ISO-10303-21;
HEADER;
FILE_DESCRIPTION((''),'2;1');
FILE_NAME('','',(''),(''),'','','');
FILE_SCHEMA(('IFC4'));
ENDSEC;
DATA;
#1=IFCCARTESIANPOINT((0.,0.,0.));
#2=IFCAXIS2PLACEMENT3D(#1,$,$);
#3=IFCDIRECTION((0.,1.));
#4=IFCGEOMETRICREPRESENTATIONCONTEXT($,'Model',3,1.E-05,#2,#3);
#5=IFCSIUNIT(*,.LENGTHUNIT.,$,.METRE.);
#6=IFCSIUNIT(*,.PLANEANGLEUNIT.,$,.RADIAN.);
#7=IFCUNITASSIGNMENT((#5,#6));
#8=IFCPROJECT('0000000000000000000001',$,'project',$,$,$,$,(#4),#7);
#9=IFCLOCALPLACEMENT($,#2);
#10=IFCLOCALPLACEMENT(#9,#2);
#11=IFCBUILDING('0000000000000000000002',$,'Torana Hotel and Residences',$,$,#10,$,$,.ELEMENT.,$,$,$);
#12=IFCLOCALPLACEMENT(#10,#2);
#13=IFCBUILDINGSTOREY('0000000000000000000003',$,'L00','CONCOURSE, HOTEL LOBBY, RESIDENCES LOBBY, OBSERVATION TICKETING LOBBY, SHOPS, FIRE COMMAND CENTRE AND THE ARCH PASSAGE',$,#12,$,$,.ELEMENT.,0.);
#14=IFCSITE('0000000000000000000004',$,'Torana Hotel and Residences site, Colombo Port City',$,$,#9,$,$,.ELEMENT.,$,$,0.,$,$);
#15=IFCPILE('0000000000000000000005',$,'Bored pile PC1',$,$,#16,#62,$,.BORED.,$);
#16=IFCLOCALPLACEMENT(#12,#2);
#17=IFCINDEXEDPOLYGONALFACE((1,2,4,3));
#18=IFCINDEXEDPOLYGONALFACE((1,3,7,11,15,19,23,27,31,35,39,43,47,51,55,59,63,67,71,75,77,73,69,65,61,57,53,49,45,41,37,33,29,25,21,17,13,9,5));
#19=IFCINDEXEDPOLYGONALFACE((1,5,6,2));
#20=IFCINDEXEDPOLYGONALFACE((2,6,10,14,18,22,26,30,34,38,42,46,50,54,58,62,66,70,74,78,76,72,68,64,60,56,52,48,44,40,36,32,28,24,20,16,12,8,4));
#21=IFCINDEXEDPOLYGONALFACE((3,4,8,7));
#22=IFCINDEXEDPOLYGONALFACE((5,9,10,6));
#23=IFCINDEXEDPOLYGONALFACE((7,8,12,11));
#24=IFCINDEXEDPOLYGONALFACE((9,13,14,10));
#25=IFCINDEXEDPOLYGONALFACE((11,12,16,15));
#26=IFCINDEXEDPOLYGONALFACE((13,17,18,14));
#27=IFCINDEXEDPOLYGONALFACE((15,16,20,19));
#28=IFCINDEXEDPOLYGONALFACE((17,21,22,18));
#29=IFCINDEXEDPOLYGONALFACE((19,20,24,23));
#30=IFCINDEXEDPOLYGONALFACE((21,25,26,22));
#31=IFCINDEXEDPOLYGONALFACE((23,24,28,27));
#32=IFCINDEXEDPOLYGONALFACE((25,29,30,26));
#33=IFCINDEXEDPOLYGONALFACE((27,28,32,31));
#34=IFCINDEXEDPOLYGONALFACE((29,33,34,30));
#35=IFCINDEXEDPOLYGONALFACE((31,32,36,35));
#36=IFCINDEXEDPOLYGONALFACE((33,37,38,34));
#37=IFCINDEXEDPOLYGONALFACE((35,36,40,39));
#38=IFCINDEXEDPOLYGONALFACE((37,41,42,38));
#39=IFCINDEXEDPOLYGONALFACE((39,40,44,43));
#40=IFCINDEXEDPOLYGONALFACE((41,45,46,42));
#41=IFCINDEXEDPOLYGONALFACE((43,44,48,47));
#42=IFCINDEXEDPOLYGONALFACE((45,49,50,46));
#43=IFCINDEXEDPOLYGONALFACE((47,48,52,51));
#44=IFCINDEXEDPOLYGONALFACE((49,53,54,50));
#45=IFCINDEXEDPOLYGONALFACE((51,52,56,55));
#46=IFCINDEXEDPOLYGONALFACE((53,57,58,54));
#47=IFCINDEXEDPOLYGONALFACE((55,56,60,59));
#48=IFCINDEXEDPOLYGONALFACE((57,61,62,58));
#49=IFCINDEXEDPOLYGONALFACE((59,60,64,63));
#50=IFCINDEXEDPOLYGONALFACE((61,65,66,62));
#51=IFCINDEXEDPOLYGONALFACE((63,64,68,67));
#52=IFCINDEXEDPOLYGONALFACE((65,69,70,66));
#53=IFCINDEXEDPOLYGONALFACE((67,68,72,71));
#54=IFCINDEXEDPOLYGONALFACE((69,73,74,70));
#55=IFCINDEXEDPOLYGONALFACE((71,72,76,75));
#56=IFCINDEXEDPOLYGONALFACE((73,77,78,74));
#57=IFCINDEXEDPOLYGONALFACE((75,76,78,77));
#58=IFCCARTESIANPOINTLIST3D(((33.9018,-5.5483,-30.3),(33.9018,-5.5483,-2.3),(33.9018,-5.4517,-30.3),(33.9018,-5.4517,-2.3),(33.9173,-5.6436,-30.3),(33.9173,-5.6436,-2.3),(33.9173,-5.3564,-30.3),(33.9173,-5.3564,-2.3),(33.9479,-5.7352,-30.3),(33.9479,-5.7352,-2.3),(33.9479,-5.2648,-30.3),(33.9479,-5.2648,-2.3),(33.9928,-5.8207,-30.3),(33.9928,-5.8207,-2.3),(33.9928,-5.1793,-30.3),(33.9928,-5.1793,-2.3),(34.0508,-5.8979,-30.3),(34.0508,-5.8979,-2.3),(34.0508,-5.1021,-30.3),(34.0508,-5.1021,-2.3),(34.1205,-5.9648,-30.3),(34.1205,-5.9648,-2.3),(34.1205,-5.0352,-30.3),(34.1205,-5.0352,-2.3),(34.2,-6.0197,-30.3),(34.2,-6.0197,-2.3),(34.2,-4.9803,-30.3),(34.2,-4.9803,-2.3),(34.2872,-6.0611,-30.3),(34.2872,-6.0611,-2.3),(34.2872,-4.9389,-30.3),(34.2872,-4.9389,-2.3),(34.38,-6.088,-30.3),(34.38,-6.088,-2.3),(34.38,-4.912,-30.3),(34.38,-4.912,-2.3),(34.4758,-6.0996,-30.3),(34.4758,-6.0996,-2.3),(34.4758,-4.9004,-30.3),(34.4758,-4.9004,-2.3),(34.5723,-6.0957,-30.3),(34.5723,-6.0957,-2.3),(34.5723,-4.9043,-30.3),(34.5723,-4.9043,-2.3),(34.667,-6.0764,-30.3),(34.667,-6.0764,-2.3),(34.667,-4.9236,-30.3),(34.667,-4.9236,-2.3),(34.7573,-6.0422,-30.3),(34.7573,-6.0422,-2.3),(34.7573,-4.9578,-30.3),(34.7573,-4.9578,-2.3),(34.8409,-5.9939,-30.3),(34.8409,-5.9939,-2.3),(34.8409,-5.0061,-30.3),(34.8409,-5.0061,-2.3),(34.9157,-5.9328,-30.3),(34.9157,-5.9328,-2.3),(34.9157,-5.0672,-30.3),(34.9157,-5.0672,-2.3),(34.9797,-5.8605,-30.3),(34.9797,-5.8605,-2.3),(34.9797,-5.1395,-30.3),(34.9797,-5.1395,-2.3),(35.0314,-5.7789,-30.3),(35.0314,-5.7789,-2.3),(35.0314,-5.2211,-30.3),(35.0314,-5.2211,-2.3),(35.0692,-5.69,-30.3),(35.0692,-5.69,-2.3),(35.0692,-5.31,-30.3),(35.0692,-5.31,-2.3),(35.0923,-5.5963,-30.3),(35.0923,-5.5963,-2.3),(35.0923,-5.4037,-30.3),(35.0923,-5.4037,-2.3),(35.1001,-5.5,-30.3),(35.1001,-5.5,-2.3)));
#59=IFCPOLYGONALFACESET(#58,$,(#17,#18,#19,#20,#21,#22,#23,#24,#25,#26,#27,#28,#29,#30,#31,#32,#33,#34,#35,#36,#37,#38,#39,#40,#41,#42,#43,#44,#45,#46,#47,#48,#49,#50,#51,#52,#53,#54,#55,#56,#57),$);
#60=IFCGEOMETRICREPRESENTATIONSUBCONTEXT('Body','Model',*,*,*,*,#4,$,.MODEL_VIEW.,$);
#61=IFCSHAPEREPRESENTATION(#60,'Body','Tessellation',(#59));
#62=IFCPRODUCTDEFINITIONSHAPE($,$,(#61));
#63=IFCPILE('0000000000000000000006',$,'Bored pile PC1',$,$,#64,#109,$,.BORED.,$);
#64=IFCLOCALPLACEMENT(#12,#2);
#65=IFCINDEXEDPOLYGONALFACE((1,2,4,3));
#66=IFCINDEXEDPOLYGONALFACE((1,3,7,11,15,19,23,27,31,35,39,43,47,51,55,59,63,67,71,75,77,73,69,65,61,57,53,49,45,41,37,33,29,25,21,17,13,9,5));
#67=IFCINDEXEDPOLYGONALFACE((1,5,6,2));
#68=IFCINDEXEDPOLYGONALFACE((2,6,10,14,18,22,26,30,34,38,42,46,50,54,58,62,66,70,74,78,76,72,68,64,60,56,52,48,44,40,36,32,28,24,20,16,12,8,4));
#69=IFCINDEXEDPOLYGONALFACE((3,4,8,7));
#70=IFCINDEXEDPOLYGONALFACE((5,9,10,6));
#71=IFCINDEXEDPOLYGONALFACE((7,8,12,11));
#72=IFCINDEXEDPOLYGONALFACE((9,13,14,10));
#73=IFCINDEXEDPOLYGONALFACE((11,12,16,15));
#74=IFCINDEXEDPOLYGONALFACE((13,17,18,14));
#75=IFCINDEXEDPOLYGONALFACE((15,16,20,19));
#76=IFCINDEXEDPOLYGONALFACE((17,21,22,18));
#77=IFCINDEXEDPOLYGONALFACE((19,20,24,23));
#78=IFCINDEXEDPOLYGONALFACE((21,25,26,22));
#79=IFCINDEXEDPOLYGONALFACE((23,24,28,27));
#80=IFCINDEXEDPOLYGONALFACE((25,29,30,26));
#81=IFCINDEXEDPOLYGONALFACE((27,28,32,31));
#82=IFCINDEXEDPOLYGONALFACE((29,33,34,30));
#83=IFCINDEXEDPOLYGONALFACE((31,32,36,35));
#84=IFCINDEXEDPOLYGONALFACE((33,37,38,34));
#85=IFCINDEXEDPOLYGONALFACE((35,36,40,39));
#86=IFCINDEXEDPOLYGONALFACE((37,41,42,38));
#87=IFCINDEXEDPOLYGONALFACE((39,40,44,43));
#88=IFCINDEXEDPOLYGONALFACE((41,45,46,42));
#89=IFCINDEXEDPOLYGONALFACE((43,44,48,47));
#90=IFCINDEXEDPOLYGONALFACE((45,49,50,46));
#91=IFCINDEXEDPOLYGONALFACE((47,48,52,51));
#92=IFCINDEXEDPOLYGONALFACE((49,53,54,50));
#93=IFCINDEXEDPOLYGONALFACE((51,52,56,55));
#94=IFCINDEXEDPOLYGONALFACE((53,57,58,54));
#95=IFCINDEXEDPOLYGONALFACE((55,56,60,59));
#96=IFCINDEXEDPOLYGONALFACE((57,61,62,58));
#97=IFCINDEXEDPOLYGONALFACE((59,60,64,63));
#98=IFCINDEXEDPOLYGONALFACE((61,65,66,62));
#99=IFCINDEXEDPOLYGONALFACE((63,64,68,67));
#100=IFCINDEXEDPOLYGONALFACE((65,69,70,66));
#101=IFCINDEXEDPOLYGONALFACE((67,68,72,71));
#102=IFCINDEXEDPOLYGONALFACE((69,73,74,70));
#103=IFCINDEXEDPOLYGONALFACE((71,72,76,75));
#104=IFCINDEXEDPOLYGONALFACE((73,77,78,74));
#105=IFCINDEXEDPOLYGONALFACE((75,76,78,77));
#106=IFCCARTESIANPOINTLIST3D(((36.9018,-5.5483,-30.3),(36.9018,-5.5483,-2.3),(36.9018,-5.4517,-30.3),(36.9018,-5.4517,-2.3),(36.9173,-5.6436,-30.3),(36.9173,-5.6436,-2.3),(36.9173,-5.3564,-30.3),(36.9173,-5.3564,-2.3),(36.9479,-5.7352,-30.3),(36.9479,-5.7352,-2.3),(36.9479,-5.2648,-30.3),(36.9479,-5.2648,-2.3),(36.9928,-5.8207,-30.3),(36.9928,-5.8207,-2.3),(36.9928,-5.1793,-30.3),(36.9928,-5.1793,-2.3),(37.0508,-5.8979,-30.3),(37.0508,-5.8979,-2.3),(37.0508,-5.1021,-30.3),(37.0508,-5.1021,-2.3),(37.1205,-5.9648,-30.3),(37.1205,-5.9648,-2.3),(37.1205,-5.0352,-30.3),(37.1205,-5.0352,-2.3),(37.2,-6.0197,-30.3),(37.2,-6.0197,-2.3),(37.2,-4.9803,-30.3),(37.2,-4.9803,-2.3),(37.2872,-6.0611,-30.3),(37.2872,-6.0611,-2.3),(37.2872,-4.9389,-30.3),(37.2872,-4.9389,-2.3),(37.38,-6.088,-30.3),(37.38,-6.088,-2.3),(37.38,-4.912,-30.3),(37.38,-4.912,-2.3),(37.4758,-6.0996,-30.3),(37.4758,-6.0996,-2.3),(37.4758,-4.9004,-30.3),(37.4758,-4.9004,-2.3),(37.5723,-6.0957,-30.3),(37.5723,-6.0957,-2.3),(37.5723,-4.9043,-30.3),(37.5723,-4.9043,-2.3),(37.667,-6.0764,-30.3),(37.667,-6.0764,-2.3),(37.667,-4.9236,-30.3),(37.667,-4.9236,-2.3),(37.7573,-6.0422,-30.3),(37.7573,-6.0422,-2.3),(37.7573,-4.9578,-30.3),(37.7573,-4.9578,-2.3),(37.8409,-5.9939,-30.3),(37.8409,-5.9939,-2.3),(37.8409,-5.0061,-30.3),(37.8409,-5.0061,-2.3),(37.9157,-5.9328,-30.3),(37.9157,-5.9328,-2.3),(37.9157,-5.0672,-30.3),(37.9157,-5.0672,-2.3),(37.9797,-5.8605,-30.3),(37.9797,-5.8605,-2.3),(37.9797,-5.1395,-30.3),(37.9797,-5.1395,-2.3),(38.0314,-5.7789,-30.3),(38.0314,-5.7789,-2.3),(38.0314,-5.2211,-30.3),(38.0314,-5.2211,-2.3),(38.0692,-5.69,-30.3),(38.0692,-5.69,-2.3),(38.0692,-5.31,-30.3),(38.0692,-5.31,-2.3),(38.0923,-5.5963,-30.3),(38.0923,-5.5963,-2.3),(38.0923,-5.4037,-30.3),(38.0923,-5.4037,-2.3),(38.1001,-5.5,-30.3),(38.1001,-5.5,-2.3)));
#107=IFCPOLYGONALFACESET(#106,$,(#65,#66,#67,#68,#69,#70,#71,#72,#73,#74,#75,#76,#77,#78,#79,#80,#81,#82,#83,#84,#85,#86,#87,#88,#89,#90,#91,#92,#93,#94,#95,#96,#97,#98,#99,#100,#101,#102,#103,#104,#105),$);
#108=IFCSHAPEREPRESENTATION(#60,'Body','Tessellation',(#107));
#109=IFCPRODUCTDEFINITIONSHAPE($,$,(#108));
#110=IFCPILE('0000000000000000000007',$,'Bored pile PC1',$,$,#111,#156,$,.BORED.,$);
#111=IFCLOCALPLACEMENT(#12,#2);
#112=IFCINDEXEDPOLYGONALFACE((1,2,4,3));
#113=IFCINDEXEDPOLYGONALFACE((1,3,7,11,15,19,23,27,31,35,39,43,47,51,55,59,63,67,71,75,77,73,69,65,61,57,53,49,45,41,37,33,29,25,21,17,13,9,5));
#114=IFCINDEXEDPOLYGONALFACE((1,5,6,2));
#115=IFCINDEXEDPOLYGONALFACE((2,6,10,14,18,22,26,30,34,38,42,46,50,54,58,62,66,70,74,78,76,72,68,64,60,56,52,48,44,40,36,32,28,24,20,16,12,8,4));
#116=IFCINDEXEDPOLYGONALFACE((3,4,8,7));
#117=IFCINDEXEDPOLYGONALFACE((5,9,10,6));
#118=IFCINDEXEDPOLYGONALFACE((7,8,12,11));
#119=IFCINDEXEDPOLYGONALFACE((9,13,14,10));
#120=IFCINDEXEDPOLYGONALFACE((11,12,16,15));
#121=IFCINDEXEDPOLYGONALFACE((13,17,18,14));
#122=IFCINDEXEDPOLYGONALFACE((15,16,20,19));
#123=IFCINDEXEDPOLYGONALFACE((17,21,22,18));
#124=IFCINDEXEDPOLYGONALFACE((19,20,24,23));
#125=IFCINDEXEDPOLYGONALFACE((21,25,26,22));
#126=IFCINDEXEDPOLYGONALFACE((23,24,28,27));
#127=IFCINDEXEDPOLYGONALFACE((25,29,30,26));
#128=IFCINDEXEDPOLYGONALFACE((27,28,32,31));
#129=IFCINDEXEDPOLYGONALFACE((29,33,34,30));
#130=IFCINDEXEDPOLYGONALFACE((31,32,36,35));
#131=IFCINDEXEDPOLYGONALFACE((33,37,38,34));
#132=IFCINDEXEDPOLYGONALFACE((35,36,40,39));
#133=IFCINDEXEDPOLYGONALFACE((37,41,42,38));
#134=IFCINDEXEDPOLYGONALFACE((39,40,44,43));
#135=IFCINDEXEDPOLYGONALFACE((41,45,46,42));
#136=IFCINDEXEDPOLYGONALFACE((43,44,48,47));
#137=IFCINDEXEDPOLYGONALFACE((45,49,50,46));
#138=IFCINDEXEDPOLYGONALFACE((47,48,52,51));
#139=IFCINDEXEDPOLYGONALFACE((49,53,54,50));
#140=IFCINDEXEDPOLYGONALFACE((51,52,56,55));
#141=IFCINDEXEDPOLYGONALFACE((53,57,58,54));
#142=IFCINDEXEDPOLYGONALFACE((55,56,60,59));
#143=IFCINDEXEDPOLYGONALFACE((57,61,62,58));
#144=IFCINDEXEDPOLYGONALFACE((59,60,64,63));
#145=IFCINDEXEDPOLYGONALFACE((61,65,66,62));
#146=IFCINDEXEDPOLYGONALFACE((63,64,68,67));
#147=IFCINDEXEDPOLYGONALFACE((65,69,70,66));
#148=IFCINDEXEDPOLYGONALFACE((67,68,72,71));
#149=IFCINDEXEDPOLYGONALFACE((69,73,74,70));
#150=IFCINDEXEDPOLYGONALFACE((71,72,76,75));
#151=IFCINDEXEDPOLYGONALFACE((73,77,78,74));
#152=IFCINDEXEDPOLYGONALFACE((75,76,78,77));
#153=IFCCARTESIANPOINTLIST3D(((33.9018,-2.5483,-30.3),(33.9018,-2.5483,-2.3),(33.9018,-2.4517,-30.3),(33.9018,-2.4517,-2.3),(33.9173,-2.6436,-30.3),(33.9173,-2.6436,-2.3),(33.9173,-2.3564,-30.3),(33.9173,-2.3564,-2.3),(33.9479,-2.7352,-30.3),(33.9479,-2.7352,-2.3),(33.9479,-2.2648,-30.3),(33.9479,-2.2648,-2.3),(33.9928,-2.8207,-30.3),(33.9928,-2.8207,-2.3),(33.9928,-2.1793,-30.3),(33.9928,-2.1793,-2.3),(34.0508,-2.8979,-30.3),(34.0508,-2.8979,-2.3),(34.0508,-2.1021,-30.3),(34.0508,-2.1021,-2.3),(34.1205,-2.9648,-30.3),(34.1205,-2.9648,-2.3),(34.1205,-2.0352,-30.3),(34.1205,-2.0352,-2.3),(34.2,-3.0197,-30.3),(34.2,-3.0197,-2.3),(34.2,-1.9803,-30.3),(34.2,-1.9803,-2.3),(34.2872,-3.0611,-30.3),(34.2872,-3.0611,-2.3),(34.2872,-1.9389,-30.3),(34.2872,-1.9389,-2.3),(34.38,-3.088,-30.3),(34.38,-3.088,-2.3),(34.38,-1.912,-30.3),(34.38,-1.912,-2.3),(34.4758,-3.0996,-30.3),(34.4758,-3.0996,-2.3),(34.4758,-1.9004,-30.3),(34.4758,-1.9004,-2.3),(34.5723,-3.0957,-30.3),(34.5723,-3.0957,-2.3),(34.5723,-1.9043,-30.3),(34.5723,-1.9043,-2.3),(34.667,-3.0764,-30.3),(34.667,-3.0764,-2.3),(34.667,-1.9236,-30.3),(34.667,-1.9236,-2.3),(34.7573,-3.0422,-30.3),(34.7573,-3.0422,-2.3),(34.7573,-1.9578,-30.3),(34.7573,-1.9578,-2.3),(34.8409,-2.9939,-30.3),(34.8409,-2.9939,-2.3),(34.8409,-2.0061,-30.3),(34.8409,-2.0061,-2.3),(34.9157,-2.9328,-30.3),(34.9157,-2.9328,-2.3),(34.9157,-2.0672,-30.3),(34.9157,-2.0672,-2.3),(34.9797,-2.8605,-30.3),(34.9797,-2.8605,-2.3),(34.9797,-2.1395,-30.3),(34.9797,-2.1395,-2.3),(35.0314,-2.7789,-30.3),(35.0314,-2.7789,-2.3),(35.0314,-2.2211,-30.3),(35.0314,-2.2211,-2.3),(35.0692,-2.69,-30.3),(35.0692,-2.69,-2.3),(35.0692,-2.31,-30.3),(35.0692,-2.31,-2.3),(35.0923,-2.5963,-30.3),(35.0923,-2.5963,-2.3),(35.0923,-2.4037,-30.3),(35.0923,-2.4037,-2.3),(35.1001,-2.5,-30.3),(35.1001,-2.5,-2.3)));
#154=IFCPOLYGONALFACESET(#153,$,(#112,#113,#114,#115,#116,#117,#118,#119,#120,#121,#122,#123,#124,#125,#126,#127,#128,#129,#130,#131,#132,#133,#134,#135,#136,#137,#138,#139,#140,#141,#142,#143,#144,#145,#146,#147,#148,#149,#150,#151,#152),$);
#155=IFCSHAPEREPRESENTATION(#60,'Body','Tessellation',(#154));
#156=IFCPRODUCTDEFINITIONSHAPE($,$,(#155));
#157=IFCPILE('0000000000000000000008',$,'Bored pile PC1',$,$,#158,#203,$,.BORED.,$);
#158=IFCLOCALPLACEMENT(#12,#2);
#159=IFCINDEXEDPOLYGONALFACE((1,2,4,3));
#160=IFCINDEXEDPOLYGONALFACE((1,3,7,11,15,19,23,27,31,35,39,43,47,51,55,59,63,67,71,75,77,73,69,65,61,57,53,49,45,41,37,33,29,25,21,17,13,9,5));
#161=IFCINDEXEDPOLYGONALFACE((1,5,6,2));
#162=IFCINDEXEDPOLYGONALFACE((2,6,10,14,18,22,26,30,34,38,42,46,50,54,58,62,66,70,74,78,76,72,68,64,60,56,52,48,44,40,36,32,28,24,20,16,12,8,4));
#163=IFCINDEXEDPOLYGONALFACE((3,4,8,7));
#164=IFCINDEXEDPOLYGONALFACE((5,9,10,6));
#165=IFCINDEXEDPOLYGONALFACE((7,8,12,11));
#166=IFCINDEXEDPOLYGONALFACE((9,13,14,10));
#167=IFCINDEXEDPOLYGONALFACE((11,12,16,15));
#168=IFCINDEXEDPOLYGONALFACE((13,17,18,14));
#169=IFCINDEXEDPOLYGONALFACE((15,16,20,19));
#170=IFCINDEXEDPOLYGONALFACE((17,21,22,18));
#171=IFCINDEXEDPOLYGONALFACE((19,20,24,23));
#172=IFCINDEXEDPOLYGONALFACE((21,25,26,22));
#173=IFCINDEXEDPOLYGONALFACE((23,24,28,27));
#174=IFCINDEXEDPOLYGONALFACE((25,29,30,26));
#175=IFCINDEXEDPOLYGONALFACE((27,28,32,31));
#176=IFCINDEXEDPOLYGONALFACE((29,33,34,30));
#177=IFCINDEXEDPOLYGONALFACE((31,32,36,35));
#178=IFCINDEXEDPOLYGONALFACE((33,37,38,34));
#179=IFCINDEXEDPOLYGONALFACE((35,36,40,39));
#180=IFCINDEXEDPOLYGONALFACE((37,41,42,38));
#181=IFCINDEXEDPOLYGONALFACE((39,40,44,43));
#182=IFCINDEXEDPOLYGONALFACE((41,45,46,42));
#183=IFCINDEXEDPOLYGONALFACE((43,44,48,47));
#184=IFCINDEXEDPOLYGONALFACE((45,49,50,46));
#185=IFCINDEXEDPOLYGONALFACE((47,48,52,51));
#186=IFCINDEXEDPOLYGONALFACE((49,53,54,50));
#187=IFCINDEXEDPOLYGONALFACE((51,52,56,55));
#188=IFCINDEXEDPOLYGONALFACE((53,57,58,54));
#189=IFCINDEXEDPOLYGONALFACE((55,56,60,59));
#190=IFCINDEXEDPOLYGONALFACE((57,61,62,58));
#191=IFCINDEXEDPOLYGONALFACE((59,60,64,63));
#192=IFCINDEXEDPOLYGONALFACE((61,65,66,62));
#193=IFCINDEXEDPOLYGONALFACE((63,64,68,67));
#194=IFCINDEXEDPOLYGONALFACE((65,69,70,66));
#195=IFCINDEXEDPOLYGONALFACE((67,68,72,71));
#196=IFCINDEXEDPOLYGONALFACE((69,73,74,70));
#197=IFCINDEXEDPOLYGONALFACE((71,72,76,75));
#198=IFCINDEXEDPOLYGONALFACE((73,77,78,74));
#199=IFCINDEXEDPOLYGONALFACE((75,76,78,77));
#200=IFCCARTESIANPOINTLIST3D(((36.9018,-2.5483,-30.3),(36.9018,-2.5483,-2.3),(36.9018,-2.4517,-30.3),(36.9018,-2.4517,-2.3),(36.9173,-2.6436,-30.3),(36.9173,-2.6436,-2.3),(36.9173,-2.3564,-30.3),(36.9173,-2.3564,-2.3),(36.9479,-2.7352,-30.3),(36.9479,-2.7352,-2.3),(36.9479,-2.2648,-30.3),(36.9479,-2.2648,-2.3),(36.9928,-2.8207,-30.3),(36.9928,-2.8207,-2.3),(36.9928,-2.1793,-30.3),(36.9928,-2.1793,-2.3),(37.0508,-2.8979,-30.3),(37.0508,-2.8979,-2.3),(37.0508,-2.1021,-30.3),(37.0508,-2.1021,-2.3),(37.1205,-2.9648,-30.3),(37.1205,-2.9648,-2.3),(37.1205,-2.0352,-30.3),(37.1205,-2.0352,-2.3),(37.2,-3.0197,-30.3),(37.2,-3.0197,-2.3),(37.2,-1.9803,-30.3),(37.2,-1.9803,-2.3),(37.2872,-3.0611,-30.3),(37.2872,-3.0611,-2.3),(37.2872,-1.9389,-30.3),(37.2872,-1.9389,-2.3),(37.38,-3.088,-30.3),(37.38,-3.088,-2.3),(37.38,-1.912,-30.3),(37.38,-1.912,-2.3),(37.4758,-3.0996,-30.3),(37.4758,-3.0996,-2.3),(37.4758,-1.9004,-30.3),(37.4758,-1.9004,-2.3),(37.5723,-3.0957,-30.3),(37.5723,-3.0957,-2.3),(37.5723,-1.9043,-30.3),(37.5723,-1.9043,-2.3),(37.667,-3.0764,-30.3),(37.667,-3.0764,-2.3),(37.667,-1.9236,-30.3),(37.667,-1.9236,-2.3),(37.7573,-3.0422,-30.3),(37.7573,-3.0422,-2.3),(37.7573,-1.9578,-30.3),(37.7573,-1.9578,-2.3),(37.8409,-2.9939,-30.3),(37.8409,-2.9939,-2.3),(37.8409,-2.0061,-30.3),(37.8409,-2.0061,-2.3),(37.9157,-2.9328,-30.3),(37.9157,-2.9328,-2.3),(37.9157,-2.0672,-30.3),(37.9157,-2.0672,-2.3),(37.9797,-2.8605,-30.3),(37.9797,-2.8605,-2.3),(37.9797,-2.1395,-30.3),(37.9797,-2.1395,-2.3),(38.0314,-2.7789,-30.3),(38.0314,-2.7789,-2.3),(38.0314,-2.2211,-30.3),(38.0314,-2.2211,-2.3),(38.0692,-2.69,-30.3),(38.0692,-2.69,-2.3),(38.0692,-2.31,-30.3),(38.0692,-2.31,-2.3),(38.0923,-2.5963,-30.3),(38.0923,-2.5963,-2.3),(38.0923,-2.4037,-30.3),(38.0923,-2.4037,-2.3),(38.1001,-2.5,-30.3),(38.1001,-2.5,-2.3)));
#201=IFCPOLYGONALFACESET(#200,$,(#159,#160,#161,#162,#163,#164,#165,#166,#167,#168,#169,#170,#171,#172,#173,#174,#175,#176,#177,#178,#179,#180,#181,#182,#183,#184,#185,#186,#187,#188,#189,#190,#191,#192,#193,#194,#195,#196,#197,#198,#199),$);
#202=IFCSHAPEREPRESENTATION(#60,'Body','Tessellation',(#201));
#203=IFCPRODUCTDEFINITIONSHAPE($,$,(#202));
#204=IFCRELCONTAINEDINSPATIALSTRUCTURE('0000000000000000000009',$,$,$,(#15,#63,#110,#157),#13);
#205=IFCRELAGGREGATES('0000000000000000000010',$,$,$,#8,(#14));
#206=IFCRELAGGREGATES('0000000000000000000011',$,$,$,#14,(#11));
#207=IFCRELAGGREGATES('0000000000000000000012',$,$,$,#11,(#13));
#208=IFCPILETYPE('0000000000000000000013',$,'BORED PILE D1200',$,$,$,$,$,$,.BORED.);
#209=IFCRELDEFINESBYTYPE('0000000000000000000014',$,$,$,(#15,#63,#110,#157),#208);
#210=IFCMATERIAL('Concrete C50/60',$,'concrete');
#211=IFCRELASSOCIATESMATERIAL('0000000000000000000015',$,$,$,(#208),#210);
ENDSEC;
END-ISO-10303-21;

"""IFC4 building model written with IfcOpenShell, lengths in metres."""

from ifc_helpers import new_model, si_unit, direction, frame, origin, origin_2d, place, context, subcontext, project, spatial, circle, extrude, material, type_object, element, save


model = new_model("IFC4")

# Units and contexts
model_context = context("Model", 3, precision=1e-05, world=origin(), true_north=direction((0.0, 1.0)))
body_context = subcontext(model_context, "Body", "Model", "MODEL_VIEW")
ifc_project = project(units=[si_unit("LENGTHUNIT", "METRE"), si_unit("PLANEANGLEUNIT", "RADIAN")], contexts=[model_context])

# Site, building, storey
site_placement = place(None, origin())
site = spatial("IfcSite", under=ifc_project, at=site_placement, Name="Torana Hotel and Residences site, Colombo Port City", CompositionType="ELEMENT", RefElevation=0.0)
building_placement = place(site_placement, origin())
building = spatial("IfcBuilding", under=site, at=building_placement, Name="Torana Hotel and Residences", CompositionType="ELEMENT")
storey_placement = place(building_placement, origin())
storey = spatial("IfcBuildingStorey", under=building, at=storey_placement, Name="L00", Description="CONCOURSE, HOTEL LOBBY, RESIDENCES LOBBY, OBSERVATION TICKETING LOBBY, SHOPS, FIRE COMMAND CENTRE AND THE ARCH PASSAGE", CompositionType="ELEMENT", Elevation=0.0)

# Piles
ifc_material_1 = material(Name="Concrete C50/60", Category="concrete")
pile_type_1 = type_object("IfcPileType", Name="BORED PILE D1200", PredefinedType="BORED", material=ifc_material_1)
for number, where, z_axis, x_axis, name in (
    (1, (34.5, -5.5, -2.3), (0.0, 0.0, -1.0), (1.0, 0.0, 0.0), "Bored pile PC1"),
    (2, (37.5, -5.5, -2.3), (0.0, 0.0, -1.0), (1.0, 0.0, 0.0), "Bored pile PC1"),
    (3, (34.5, -2.5, -2.3), (0.0, 0.0, -1.0), (1.0, 0.0, 0.0), "Bored pile PC1"),
    (4, (37.5, -2.5, -2.3), (0.0, 0.0, -1.0), (1.0, 0.0, 0.0), "Bored pile PC1"),
):
    element("IfcPile", number, at=place(storey_placement, frame(where, z_axis=z_axis, x_axis=x_axis)), inside=storey, type_object=pile_type_1, Name=name, PredefinedType="BORED", context=body_context, shape_type="SweptSolid", body=[
        extrude(circle(Radius=0.6001, at=origin_2d()), origin(), (0.0, 0.0, 1.0), 28.0),
    ])

save(model, "model.ifc")
